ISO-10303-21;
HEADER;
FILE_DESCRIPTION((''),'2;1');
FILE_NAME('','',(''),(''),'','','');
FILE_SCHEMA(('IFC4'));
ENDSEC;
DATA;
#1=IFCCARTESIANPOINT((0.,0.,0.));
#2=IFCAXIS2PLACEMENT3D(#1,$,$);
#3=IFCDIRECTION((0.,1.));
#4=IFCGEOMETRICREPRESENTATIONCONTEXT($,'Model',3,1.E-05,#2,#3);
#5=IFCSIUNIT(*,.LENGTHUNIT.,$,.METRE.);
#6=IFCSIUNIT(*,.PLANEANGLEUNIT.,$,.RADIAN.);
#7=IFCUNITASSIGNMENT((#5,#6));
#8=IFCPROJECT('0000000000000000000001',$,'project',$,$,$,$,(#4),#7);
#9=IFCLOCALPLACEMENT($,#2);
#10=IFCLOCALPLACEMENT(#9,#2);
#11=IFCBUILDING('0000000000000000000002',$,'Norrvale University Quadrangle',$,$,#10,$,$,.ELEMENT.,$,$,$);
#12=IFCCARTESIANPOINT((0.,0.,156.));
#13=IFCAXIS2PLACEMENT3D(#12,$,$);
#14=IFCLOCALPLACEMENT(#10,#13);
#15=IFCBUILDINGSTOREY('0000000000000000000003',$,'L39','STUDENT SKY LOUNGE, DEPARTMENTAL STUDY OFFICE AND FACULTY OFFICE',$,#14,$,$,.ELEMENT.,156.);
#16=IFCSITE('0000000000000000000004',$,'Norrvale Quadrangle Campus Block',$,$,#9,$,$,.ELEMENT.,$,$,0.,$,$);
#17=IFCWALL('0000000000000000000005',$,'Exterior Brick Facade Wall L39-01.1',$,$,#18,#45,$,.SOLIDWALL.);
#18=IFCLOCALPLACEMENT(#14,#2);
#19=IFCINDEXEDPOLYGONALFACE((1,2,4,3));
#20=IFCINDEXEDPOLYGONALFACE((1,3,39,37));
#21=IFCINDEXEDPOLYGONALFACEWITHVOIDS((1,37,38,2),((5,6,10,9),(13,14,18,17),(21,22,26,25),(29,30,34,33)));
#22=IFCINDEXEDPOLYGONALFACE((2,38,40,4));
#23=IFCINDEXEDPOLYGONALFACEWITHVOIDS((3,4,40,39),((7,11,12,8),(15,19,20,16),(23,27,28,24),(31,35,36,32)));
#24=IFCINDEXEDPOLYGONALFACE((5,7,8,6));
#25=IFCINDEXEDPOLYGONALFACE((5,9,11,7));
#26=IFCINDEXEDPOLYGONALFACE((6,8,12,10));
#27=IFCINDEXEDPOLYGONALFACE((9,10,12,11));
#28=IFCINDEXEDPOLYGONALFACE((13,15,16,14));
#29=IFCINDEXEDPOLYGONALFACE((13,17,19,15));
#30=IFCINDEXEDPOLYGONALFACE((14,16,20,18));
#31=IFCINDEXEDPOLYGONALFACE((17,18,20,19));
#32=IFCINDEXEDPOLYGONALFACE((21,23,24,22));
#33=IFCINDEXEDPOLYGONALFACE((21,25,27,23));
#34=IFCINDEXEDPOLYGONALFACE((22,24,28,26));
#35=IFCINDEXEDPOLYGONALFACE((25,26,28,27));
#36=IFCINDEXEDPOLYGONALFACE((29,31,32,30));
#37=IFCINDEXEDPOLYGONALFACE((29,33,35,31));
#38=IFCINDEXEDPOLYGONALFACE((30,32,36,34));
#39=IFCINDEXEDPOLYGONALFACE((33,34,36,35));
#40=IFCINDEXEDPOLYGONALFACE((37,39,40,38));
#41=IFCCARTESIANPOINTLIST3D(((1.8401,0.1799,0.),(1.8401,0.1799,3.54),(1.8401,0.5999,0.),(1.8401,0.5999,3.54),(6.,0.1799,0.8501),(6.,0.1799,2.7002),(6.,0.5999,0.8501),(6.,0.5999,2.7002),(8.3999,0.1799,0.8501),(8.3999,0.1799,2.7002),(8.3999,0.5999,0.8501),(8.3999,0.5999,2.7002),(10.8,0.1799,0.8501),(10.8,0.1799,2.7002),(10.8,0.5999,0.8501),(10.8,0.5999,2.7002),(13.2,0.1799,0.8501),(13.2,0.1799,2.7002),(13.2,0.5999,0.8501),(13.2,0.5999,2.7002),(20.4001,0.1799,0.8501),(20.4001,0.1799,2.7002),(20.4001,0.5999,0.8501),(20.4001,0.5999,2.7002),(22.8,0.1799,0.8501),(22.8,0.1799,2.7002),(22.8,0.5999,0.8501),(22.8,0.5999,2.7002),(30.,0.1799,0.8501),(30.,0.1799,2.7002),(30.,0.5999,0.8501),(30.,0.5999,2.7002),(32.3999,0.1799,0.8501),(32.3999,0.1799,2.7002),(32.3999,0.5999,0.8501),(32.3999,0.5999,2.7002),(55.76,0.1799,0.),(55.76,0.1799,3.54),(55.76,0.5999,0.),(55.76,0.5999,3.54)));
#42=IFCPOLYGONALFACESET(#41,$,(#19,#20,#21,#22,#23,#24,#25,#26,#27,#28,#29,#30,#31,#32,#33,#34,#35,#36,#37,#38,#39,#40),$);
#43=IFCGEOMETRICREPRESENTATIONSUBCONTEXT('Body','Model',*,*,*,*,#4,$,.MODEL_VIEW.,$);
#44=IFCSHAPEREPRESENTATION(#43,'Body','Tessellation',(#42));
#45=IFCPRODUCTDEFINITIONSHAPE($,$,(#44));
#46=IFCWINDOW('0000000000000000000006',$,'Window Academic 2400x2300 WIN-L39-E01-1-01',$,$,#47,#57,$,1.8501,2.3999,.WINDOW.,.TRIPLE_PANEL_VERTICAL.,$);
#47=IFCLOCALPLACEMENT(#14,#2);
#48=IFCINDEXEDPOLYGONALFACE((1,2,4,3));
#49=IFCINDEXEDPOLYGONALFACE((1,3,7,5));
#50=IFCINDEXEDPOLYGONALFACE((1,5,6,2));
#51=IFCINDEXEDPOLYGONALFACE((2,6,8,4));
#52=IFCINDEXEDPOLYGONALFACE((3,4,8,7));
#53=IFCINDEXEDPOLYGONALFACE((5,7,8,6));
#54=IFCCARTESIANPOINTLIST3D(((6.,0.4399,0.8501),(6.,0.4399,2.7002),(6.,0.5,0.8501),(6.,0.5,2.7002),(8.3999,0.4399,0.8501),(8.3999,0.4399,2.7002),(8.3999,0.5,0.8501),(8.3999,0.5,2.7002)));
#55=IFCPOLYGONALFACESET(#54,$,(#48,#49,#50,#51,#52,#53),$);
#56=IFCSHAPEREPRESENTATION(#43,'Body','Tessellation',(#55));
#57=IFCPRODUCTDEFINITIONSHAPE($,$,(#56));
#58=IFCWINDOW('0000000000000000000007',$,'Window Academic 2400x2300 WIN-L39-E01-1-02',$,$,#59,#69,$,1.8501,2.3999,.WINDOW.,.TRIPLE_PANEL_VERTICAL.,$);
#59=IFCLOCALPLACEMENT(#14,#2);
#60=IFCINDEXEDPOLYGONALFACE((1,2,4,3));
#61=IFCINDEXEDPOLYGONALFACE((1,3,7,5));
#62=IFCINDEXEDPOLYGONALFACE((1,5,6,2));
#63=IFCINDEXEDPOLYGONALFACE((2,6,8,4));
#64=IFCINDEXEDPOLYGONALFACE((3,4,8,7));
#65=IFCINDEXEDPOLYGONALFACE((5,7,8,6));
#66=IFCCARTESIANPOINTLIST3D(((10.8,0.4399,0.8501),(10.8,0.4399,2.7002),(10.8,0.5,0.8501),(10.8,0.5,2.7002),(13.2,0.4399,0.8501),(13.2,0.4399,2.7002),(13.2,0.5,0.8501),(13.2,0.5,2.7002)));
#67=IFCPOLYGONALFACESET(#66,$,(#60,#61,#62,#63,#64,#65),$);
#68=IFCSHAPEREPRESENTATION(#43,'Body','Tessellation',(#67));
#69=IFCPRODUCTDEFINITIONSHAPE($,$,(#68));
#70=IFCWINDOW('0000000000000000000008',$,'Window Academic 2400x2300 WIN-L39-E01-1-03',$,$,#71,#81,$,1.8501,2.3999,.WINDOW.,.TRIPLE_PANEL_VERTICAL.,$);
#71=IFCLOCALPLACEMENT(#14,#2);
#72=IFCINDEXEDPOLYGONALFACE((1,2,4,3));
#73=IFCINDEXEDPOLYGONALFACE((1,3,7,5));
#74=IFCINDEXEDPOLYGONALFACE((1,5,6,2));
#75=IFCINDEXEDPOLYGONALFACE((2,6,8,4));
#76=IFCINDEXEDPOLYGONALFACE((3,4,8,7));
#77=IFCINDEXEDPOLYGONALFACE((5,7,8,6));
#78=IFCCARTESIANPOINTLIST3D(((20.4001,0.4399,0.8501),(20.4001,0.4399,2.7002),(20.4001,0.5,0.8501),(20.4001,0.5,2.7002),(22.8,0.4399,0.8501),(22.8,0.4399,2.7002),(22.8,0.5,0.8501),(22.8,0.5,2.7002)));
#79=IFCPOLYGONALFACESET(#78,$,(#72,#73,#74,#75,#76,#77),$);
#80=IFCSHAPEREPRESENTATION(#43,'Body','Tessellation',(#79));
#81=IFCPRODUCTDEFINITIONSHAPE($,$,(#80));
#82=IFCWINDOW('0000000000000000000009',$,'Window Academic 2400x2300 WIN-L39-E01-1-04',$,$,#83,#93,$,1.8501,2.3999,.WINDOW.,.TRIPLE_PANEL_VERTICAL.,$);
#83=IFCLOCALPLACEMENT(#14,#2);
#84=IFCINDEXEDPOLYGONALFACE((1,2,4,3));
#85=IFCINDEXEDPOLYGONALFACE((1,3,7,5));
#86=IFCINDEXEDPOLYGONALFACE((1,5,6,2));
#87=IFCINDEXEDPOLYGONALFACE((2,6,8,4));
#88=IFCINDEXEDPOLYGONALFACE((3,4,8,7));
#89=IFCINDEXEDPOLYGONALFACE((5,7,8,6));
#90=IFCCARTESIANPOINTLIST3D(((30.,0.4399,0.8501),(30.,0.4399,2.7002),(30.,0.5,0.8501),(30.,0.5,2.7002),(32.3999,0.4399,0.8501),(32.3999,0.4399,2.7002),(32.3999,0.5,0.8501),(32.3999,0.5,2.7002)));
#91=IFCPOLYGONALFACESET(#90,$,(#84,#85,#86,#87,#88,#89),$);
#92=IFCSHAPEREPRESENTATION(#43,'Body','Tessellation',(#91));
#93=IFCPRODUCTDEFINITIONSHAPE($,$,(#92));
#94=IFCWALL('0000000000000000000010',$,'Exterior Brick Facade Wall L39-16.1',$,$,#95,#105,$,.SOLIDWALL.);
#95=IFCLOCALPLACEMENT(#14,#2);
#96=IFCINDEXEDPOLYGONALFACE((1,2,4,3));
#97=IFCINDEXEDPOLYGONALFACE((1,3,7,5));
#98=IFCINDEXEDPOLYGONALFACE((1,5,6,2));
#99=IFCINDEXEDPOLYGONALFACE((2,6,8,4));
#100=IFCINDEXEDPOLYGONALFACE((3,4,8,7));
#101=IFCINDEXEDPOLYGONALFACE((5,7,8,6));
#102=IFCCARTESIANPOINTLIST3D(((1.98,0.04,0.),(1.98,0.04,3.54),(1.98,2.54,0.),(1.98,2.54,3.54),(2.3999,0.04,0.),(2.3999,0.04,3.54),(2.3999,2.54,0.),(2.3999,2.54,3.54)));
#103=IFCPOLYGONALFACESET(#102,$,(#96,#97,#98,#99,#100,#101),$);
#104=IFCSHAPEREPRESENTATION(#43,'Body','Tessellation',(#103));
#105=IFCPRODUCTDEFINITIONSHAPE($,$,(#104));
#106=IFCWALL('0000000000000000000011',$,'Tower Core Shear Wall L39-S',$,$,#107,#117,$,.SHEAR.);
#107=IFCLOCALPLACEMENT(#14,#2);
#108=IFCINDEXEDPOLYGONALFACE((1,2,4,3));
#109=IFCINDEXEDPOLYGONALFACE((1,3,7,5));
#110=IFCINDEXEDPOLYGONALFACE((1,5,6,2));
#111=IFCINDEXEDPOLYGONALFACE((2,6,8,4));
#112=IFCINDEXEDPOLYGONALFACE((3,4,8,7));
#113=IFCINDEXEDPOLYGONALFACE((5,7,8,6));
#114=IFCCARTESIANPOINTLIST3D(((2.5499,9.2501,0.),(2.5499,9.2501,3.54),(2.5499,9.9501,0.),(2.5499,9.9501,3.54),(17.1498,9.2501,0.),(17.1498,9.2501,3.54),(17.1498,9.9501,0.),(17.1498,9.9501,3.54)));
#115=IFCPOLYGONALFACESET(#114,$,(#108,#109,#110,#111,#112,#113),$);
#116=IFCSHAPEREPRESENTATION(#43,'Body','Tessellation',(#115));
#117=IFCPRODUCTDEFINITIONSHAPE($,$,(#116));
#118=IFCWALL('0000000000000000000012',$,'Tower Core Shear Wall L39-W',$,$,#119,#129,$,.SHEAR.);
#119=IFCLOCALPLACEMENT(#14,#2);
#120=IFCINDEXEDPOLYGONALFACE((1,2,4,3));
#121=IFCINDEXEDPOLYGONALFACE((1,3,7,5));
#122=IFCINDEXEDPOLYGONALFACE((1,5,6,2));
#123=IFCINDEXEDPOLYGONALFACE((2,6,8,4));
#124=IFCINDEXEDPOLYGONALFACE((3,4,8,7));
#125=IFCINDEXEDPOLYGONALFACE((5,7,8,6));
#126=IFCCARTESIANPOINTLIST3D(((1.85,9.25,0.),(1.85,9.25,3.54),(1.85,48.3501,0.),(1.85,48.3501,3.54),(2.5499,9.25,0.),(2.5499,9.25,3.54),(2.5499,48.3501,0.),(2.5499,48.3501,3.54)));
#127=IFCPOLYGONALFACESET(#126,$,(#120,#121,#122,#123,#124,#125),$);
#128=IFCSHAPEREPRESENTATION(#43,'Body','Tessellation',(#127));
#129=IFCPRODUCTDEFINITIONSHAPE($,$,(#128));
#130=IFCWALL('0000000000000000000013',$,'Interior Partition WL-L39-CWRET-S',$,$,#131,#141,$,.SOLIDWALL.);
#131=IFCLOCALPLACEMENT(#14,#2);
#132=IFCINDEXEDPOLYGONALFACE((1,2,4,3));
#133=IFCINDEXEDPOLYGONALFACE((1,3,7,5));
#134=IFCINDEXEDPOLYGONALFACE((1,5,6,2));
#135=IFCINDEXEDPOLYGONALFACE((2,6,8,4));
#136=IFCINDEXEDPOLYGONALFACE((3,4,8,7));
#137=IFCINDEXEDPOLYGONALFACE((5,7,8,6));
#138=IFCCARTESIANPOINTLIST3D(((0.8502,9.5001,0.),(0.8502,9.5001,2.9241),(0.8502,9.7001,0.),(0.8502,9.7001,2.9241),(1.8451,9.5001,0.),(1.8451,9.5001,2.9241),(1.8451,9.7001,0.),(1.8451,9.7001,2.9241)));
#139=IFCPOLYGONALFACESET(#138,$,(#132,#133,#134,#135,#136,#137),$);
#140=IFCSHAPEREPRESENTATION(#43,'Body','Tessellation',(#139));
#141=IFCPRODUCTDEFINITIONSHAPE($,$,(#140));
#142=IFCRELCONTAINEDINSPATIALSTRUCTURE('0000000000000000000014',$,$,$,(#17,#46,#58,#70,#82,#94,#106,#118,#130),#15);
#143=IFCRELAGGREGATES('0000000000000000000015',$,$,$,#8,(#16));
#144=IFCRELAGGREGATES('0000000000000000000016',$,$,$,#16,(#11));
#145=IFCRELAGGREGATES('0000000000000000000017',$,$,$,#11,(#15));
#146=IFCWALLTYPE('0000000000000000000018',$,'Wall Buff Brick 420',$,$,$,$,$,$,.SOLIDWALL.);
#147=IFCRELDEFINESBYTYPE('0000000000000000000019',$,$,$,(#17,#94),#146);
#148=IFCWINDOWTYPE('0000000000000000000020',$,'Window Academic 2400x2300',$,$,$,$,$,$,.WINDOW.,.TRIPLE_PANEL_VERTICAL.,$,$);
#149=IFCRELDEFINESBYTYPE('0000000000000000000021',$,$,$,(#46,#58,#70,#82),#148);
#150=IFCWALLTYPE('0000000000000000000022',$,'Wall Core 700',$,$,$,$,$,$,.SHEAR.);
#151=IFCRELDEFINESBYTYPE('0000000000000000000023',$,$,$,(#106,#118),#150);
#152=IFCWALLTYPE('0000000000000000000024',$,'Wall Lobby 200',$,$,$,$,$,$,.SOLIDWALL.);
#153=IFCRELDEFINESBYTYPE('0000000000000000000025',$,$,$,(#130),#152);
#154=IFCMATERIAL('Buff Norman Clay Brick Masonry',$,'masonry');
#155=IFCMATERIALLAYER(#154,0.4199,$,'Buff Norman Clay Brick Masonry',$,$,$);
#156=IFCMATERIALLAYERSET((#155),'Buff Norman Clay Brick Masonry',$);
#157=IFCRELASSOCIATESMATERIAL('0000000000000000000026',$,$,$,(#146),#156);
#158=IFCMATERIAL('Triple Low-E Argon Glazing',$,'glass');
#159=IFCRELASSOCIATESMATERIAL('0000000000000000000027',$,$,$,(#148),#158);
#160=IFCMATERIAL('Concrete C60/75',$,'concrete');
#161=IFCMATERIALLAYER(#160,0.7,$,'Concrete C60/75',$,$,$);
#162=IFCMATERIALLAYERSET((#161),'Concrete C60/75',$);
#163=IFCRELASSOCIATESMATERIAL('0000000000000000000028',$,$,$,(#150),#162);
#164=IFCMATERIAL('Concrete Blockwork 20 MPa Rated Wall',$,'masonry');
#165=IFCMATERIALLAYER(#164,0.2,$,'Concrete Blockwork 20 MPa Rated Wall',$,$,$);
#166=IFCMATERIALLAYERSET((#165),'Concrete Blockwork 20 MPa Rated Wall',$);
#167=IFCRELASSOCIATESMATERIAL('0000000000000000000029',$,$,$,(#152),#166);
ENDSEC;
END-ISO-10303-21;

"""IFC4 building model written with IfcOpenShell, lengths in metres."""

from ifc_helpers import new_model, si_unit, direction, frame, frame_2d, origin, place, context, subcontext, project, spatial, rectangle, extrude, material, layer, layer_set, type_object, element, fill, save


model = new_model("IFC4")

# Units and contexts
model_context = context("Model", 3, precision=1e-05, world=origin(), true_north=direction((0.0, 1.0)))
body_context = subcontext(model_context, "Body", "Model", "MODEL_VIEW")
ifc_project = project(units=[si_unit("LENGTHUNIT", "METRE"), si_unit("PLANEANGLEUNIT", "RADIAN")], contexts=[model_context])

# Site, building, storey
site_placement = place(None, origin())
site = spatial("IfcSite", under=ifc_project, at=site_placement, Name="Norrvale Quadrangle Campus Block", CompositionType="ELEMENT", RefElevation=0.0)
building_placement = place(site_placement, origin())
building = spatial("IfcBuilding", under=site, at=building_placement, Name="Norrvale University Quadrangle", CompositionType="ELEMENT")
storey_placement = place(building_placement, frame((0.0, 0.0, 156.0)))
storey = spatial("IfcBuildingStorey", under=building, at=storey_placement, Name="L39", Description="STUDENT SKY LOUNGE, DEPARTMENTAL STUDY OFFICE AND FACULTY OFFICE", CompositionType="ELEMENT", Elevation=156.0)

# Shared definitions
ifc_material_1 = material(Name="Concrete C60/75", Category="concrete")

# Wall, openings, windows
ifc_material_2 = material(Name="Buff Norman Clay Brick Masonry", Category="masonry")
ifc_layer_1 = layer(ifc_material_2, 0.4199, Name="Buff Norman Clay Brick Masonry")
ifc_layer_set_1 = layer_set([ifc_layer_1], Name="Buff Norman Clay Brick Masonry")
wall_type_1 = type_object("IfcWallType", Name="Wall Buff Brick 420", PredefinedType="SOLIDWALL", material=ifc_layer_set_1)
wall_1_placement = place(storey_placement, frame((1.8401, 0.3899, 0.0), z_axis=(0.0, 0.0, 1.0), x_axis=(1.0, 0.0, 0.0)))
wall_1 = element("IfcWall", 1, at=wall_1_placement, inside=storey, type_object=wall_type_1, Name="Exterior Brick Facade Wall L39-01.1", PredefinedType="SOLIDWALL", context=body_context, shape_type="SweptSolid", body=[
    extrude(rectangle(XDim=53.9199, YDim=0.4199, at=frame_2d((26.96, 0.0))), origin(), (0.0, 0.0, 1.0), 3.54),
])
opening_1_placement = place(wall_1_placement, frame((4.1599, 0.0, 0.8501)))
opening_1 = element("IfcOpeningElement", 2, at=opening_1_placement, cuts=wall_1, PredefinedType="OPENING", context=body_context, shape_type="SweptSolid", body=[
    extrude(rectangle(XDim=2.3999, YDim=1.8501, at=frame_2d((1.2, 0.925))), frame((0.0, 0.2219, 0.0), z_axis=(0.0, -1.0, 0.0), x_axis=(1.0, 0.0, 0.0)), (0.0, 0.0, 1.0), 0.4438),
])
opening_2_placement = place(wall_1_placement, frame((8.96, 0.0, 0.8501)))
opening_2 = element("IfcOpeningElement", 3, at=opening_2_placement, cuts=wall_1, PredefinedType="OPENING", context=body_context, shape_type="SweptSolid", body=[
    extrude(rectangle(XDim=2.3999, YDim=1.8501, at=frame_2d((1.2, 0.925))), frame((0.0, 0.2219, 0.0), z_axis=(0.0, -1.0, 0.0), x_axis=(1.0, 0.0, 0.0)), (0.0, 0.0, 1.0), 0.4438),
])
opening_3_placement = place(wall_1_placement, frame((18.5601, 0.0, 0.8501)))
opening_3 = element("IfcOpeningElement", 4, at=opening_3_placement, cuts=wall_1, PredefinedType="OPENING", context=body_context, shape_type="SweptSolid", body=[
    extrude(rectangle(XDim=2.3999, YDim=1.8501, at=frame_2d((1.2, 0.925))), frame((0.0, 0.2219, 0.0), z_axis=(0.0, -1.0, 0.0), x_axis=(1.0, 0.0, 0.0)), (0.0, 0.0, 1.0), 0.4438),
])
opening_4_placement = place(wall_1_placement, frame((28.1599, 0.0, 0.8501)))
opening_4 = element("IfcOpeningElement", 5, at=opening_4_placement, cuts=wall_1, PredefinedType="OPENING", context=body_context, shape_type="SweptSolid", body=[
    extrude(rectangle(XDim=2.3999, YDim=1.8501, at=frame_2d((1.2, 0.925))), frame((0.0, 0.2219, 0.0), z_axis=(0.0, -1.0, 0.0), x_axis=(1.0, 0.0, 0.0)), (0.0, 0.0, 1.0), 0.4438),
])
ifc_material_3 = material(Name="Triple Low-E Argon Glazing", Category="glass")
window_type = type_object("IfcWindowType", Name="Window Academic 2400x2300", PartitioningType="TRIPLE_PANEL_VERTICAL", PredefinedType="WINDOW", material=ifc_material_3)
window_1_placement = place(opening_1_placement, origin())
window_1 = element("IfcWindow", 6, at=window_1_placement, inside=storey, type_object=window_type, Name="Window Academic 2400x2300 WIN-L39-E01-1-01", OverallHeight=1.8501, OverallWidth=2.3999, PartitioningType="TRIPLE_PANEL_VERTICAL", PredefinedType="WINDOW", context=body_context, shape_type="SweptSolid", body=[
    extrude(rectangle(XDim=2.3999, YDim=1.8501, at=frame_2d((1.2, 0.925))), frame((0.0, 0.1101, 0.0), z_axis=(0.0, -1.0, 0.0), x_axis=(1.0, 0.0, 0.0)), (0.0, 0.0, 1.0), 0.0601),
])
fill(opening_1, window_1)
window_2_placement = place(opening_2_placement, origin())
window_2 = element("IfcWindow", 7, at=window_2_placement, inside=storey, type_object=window_type, Name="Window Academic 2400x2300 WIN-L39-E01-1-02", OverallHeight=1.8501, OverallWidth=2.3999, PartitioningType="TRIPLE_PANEL_VERTICAL", PredefinedType="WINDOW", context=body_context, shape_type="SweptSolid", body=[
    extrude(rectangle(XDim=2.3999, YDim=1.8501, at=frame_2d((1.2, 0.925))), frame((0.0, 0.1101, 0.0), z_axis=(0.0, -1.0, 0.0), x_axis=(1.0, 0.0, 0.0)), (0.0, 0.0, 1.0), 0.0601),
])
fill(opening_2, window_2)
window_3_placement = place(opening_3_placement, origin())
window_3 = element("IfcWindow", 8, at=window_3_placement, inside=storey, type_object=window_type, Name="Window Academic 2400x2300 WIN-L39-E01-1-03", OverallHeight=1.8501, OverallWidth=2.3999, PartitioningType="TRIPLE_PANEL_VERTICAL", PredefinedType="WINDOW", context=body_context, shape_type="SweptSolid", body=[
    extrude(rectangle(XDim=2.3999, YDim=1.8501, at=frame_2d((1.2, 0.925))), frame((0.0, 0.1101, 0.0), z_axis=(0.0, -1.0, 0.0), x_axis=(1.0, 0.0, 0.0)), (0.0, 0.0, 1.0), 0.0601),
])
fill(opening_3, window_3)
window_4_placement = place(opening_4_placement, origin())
window_4 = element("IfcWindow", 9, at=window_4_placement, inside=storey, type_object=window_type, Name="Window Academic 2400x2300 WIN-L39-E01-1-04", OverallHeight=1.8501, OverallWidth=2.3999, PartitioningType="TRIPLE_PANEL_VERTICAL", PredefinedType="WINDOW", context=body_context, shape_type="SweptSolid", body=[
    extrude(rectangle(XDim=2.3999, YDim=1.8501, at=frame_2d((1.2, 0.925))), frame((0.0, 0.1101, 0.0), z_axis=(0.0, -1.0, 0.0), x_axis=(1.0, 0.0, 0.0)), (0.0, 0.0, 1.0), 0.0601),
])
fill(opening_4, window_4)

# Walls
wall_2_placement = place(storey_placement, frame((2.1899, 2.54, 0.0), z_axis=(0.0, 0.0, 1.0), x_axis=(0.0, -1.0, 0.0)))
element("IfcWall", 10, at=wall_2_placement, inside=storey, type_object=wall_type_1, Name="Exterior Brick Facade Wall L39-16.1", PredefinedType="SOLIDWALL", context=body_context, shape_type="SweptSolid", body=[
    extrude(rectangle(XDim=2.5, YDim=0.4199, at=frame_2d((1.25, 0.0))), origin(), (0.0, 0.0, 1.0), 3.54),
])
ifc_layer_2 = layer(ifc_material_1, 0.7, Name="Concrete C60/75")
ifc_layer_set_2 = layer_set([ifc_layer_2], Name="Concrete C60/75")
wall_type_2 = type_object("IfcWallType", Name="Wall Core 700", PredefinedType="SHEAR", material=ifc_layer_set_2)
wall_3_placement = place(storey_placement, frame((2.55, 9.6001, 0.0), z_axis=(0.0, 0.0, 1.0), x_axis=(1.0, 0.0, 0.0)))
element("IfcWall", 11, at=wall_3_placement, inside=storey, type_object=wall_type_2, Name="Tower Core Shear Wall L39-S", PredefinedType="SHEAR", context=body_context, shape_type="SweptSolid", body=[
    extrude(rectangle(XDim=14.5999, YDim=0.7, at=frame_2d((7.2998, 0.0))), origin(), (0.0, 0.0, 1.0), 3.54),
])
wall_4_placement = place(storey_placement, frame((2.2, 9.25, 0.0), z_axis=(0.0, 0.0, 1.0), x_axis=(0.0, 1.0, 0.0)))
element("IfcWall", 12, at=wall_4_placement, inside=storey, type_object=wall_type_2, Name="Tower Core Shear Wall L39-W", PredefinedType="SHEAR", context=body_context, shape_type="SweptSolid", body=[
    extrude(rectangle(XDim=39.1001, YDim=0.7, at=frame_2d((19.55, 0.0))), origin(), (0.0, 0.0, 1.0), 3.54),
])
ifc_material_4 = material(Name="Concrete Blockwork 20 MPa Rated Wall", Category="masonry")
ifc_layer_3 = layer(ifc_material_4, 0.2, Name="Concrete Blockwork 20 MPa Rated Wall")
ifc_layer_set_3 = layer_set([ifc_layer_3], Name="Concrete Blockwork 20 MPa Rated Wall")
wall_type_3 = type_object("IfcWallType", Name="Wall Lobby 200", PredefinedType="SOLIDWALL", material=ifc_layer_set_3)
wall_5_placement = place(storey_placement, frame((0.8501, 9.6001, 0.0), z_axis=(0.0, 0.0, 1.0), x_axis=(1.0, 0.0, 0.0)))
element("IfcWall", 13, at=wall_5_placement, inside=storey, type_object=wall_type_3, Name="Interior Partition WL-L39-CWRET-S", PredefinedType="SOLIDWALL", context=body_context, shape_type="SweptSolid", body=[
    extrude(rectangle(XDim=0.9949, YDim=0.2, at=frame_2d((0.4976, 0.0))), origin(), (0.0, 0.0, 1.0), 2.9241),
])

save(model, "model.ifc")
